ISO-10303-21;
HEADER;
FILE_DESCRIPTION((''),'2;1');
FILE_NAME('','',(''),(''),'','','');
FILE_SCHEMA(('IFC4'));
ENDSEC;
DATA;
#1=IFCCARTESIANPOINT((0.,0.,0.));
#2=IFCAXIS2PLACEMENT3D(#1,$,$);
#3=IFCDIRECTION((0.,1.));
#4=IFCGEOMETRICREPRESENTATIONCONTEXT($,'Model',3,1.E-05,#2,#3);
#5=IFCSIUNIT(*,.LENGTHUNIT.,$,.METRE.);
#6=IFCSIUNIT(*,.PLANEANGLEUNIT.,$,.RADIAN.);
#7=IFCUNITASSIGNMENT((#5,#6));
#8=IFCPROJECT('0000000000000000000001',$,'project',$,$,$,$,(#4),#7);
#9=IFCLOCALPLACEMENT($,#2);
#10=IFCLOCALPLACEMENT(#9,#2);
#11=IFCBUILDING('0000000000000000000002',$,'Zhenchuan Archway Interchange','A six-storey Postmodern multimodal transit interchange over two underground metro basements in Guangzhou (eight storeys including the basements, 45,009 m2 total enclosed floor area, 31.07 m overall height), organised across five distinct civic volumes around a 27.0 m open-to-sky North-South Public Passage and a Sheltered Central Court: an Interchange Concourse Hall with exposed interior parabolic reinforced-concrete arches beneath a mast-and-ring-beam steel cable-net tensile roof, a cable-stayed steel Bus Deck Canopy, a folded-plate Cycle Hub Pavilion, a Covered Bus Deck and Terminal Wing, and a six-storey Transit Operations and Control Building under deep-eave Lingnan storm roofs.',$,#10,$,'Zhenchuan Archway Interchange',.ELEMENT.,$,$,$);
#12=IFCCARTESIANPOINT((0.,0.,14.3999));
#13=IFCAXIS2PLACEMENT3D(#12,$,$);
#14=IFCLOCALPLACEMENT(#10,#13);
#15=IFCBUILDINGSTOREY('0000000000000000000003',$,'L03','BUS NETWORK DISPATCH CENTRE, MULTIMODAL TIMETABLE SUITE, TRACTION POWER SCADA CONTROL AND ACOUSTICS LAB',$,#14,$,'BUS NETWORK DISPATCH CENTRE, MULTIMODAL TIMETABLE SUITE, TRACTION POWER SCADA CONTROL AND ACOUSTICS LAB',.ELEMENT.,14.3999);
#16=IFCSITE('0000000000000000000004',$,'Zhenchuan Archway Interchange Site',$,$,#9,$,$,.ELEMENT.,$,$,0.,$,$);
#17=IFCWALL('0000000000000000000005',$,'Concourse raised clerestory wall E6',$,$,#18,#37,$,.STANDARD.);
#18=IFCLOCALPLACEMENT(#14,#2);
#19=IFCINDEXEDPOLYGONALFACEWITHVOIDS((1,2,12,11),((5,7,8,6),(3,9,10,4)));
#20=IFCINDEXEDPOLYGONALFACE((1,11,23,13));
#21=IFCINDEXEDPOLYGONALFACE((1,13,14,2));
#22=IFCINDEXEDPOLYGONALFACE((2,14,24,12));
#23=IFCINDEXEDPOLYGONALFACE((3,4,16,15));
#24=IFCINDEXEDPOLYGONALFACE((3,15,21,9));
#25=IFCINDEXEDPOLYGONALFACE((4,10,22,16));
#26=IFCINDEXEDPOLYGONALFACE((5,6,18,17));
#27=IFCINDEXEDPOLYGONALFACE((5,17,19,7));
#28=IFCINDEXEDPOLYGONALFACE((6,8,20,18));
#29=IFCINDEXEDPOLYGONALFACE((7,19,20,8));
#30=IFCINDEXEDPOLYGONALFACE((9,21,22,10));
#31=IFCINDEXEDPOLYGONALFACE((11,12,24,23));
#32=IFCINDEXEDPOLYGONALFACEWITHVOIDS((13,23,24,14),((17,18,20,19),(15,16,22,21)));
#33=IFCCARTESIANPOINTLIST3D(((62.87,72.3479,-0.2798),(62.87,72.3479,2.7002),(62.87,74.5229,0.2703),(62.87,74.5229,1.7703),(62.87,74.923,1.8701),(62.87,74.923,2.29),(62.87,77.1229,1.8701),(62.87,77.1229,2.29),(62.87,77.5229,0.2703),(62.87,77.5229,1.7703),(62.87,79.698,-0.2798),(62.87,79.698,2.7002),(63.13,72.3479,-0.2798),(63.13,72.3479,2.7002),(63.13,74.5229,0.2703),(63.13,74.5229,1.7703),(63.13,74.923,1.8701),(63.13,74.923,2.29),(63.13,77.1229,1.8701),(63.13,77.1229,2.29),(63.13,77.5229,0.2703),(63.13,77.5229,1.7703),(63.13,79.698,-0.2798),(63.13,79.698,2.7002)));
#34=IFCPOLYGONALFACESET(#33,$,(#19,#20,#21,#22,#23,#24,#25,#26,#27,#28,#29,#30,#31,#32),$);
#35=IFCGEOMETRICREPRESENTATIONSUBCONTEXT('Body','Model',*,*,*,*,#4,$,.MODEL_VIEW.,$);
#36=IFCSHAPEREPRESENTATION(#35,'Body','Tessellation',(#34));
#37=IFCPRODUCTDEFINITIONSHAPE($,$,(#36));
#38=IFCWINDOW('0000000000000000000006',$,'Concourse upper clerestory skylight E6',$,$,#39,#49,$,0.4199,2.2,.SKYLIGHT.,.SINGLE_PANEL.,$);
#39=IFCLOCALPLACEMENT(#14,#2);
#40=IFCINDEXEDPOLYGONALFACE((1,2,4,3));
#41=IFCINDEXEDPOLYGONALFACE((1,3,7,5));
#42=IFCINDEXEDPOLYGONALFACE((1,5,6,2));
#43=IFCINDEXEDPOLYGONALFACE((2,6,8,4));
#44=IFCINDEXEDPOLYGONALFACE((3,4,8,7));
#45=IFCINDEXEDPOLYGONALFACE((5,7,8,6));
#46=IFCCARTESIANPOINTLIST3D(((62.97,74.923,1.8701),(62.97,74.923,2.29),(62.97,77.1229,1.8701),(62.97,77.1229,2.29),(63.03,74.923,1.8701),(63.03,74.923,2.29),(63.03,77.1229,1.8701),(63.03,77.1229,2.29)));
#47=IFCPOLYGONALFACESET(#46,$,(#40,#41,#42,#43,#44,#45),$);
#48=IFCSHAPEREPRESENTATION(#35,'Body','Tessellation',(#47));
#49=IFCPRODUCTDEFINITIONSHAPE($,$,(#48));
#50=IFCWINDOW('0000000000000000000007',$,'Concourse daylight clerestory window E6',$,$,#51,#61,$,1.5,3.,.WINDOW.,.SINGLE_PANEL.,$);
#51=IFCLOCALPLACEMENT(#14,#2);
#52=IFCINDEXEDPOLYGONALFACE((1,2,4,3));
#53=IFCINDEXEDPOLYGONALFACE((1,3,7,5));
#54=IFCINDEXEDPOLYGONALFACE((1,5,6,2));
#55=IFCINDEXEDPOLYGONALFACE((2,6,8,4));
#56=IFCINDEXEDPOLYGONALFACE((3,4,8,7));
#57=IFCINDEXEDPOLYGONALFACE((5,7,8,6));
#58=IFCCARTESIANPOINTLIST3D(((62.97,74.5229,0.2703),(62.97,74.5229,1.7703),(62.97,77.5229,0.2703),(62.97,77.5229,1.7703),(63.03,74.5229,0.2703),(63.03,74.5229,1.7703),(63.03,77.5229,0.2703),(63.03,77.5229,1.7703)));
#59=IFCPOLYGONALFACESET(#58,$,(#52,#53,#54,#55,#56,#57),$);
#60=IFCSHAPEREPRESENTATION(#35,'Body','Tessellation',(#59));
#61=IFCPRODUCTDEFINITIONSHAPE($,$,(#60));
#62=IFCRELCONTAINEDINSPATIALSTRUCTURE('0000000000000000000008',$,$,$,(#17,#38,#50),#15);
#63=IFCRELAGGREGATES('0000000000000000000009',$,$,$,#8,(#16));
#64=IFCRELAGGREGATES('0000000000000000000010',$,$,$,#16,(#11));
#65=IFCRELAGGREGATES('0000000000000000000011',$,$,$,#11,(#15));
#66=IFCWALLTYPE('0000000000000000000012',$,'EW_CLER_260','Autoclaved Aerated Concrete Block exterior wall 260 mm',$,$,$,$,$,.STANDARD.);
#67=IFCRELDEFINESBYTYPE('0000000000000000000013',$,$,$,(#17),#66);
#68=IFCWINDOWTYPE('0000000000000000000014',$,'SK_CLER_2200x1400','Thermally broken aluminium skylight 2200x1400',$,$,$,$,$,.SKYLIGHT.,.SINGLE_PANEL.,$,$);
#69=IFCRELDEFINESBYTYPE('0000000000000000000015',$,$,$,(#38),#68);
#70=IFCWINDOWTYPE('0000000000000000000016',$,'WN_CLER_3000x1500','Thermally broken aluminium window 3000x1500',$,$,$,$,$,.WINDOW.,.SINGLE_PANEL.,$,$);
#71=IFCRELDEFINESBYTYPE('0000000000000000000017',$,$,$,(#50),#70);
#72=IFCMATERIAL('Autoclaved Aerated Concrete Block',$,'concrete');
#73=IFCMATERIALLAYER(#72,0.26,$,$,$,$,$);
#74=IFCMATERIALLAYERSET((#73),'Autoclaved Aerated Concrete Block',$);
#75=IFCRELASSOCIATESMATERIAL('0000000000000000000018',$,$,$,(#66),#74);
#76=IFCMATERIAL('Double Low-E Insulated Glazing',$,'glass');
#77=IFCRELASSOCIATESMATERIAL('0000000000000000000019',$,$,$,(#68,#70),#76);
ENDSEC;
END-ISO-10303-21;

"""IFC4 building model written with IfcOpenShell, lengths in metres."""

from ifc_helpers import new_model, si_unit, direction, frame, frame_2d, origin, place, context, subcontext, project, spatial, rectangle, extrude, material, layer, layer_set, type_object, element, fill, save


model = new_model("IFC4")

# Units and contexts
model_context = context("Model", 3, precision=1e-05, world=origin(), true_north=direction((0.0, 1.0)))
body_context = subcontext(model_context, "Body", "Model", "MODEL_VIEW")
ifc_project = project(units=[si_unit("LENGTHUNIT", "METRE"), si_unit("PLANEANGLEUNIT", "RADIAN")], contexts=[model_context])

# Site, building, storey
site_placement = place(None, origin())
site = spatial("IfcSite", under=ifc_project, at=site_placement, Name="Zhenchuan Archway Interchange Site", CompositionType="ELEMENT", RefElevation=0.0)
building_placement = place(site_placement, origin())
building = spatial("IfcBuilding", under=site, at=building_placement, Name="Zhenchuan Archway Interchange", Description="A six-storey Postmodern multimodal transit interchange over two underground metro basements in Guangzhou (eight storeys including the basements, 45,009 m2 total enclosed floor area, 31.07 m overall height), organised across five distinct civic volumes around a 27.0 m open-to-sky North-South Public Passage and a Sheltered Central Court: an Interchange Concourse Hall with exposed interior parabolic reinforced-concrete arches beneath a mast-and-ring-beam steel cable-net tensile roof, a cable-stayed steel Bus Deck Canopy, a folded-plate Cycle Hub Pavilion, a Covered Bus Deck and Terminal Wing, and a six-storey Transit Operations and Control Building under deep-eave Lingnan storm roofs.", LongName="Zhenchuan Archway Interchange", CompositionType="ELEMENT")
storey_placement = place(building_placement, frame((0.0, 0.0, 14.3999)))
storey = spatial("IfcBuildingStorey", under=building, at=storey_placement, Name="L03", Description="BUS NETWORK DISPATCH CENTRE, MULTIMODAL TIMETABLE SUITE, TRACTION POWER SCADA CONTROL AND ACOUSTICS LAB", LongName="BUS NETWORK DISPATCH CENTRE, MULTIMODAL TIMETABLE SUITE, TRACTION POWER SCADA CONTROL AND ACOUSTICS LAB", CompositionType="ELEMENT", Elevation=14.3999)

# Shared definitions
ifc_material_1 = material(Name="Double Low-E Insulated Glazing", Category="glass")

# Wall, openings, windows
ifc_material_2 = material(Name="Autoclaved Aerated Concrete Block", Category="concrete")
ifc_layer_1 = layer(ifc_material_2, 0.26)
ifc_layer_set_1 = layer_set([ifc_layer_1], Name="Autoclaved Aerated Concrete Block")
wall_type = type_object("IfcWallType", Name="EW_CLER_260", Description="Autoclaved Aerated Concrete Block exterior wall 260 mm", PredefinedType="STANDARD", material=ifc_layer_set_1)
wall_placement = place(storey_placement, frame((63.0, 79.698, -0.2798), z_axis=(0.0, 0.0, 1.0), x_axis=(0.0, -1.0, 0.0)))
wall = element("IfcWall", 1, at=wall_placement, inside=storey, type_object=wall_type, Name="Concourse raised clerestory wall E6", PredefinedType="STANDARD", context=body_context, shape_type="SweptSolid", body=[
    extrude(rectangle(XDim=7.3501, YDim=0.26, at=frame_2d((3.675, 0.0))), origin(), (0.0, 0.0, 1.0), 2.98),
])
opening_1_placement = place(wall_placement, frame((2.175, 0.0, 0.55)))
opening_1 = element("IfcOpeningElement", 2, at=opening_1_placement, cuts=wall, PredefinedType="OPENING", context=body_context, shape_type="SweptSolid", body=[
    extrude(rectangle(XDim=3.0, YDim=1.5, at=frame_2d((1.5, 0.75))), frame((0.0, 0.1421, 0.0), z_axis=(0.0, -1.0, 0.0), x_axis=(1.0, 0.0, 0.0)), (0.0, 0.0, 1.0), 0.2839),
])
opening_2_placement = place(wall_placement, frame((2.575, 0.0, 2.1499)))
opening_2 = element("IfcOpeningElement", 3, at=opening_2_placement, cuts=wall, PredefinedType="OPENING", context=body_context, shape_type="SweptSolid", body=[
    extrude(rectangle(XDim=2.2, YDim=0.4199, at=frame_2d((1.1001, 0.21))), frame((0.0, 0.1421, 0.0), z_axis=(0.0, -1.0, 0.0), x_axis=(1.0, 0.0, 0.0)), (0.0, 0.0, 1.0), 0.2839),
])
window_type_1 = type_object("IfcWindowType", Name="SK_CLER_2200x1400", Description="Thermally broken aluminium skylight 2200x1400", PartitioningType="SINGLE_PANEL", PredefinedType="SKYLIGHT", material=ifc_material_1)
window_1_placement = place(opening_2_placement, origin())
window_1 = element("IfcWindow", 4, at=window_1_placement, inside=storey, type_object=window_type_1, Name="Concourse upper clerestory skylight E6", OverallHeight=0.4199, OverallWidth=2.2, PartitioningType="SINGLE_PANEL", PredefinedType="SKYLIGHT", context=body_context, shape_type="SweptSolid", body=[
    extrude(rectangle(XDim=2.2, YDim=0.4199, at=frame_2d((1.1001, 0.21))), frame((0.0, 0.03, 0.0), z_axis=(0.0, -1.0, 0.0), x_axis=(1.0, 0.0, 0.0)), (0.0, 0.0, 1.0), 0.0601),
])
fill(opening_2, window_1)
window_type_2 = type_object("IfcWindowType", Name="WN_CLER_3000x1500", Description="Thermally broken aluminium window 3000x1500", PartitioningType="SINGLE_PANEL", PredefinedType="WINDOW", material=ifc_material_1)
window_2_placement = place(opening_1_placement, origin())
window_2 = element("IfcWindow", 5, at=window_2_placement, inside=storey, type_object=window_type_2, Name="Concourse daylight clerestory window E6", OverallHeight=1.5, OverallWidth=3.0, PartitioningType="SINGLE_PANEL", PredefinedType="WINDOW", context=body_context, shape_type="SweptSolid", body=[
    extrude(rectangle(XDim=3.0, YDim=1.5, at=frame_2d((1.5, 0.75))), frame((0.0, 0.03, 0.0), z_axis=(0.0, -1.0, 0.0), x_axis=(1.0, 0.0, 0.0)), (0.0, 0.0, 1.0), 0.0601),
])
fill(opening_1, window_2)

save(model, "model.ifc")
